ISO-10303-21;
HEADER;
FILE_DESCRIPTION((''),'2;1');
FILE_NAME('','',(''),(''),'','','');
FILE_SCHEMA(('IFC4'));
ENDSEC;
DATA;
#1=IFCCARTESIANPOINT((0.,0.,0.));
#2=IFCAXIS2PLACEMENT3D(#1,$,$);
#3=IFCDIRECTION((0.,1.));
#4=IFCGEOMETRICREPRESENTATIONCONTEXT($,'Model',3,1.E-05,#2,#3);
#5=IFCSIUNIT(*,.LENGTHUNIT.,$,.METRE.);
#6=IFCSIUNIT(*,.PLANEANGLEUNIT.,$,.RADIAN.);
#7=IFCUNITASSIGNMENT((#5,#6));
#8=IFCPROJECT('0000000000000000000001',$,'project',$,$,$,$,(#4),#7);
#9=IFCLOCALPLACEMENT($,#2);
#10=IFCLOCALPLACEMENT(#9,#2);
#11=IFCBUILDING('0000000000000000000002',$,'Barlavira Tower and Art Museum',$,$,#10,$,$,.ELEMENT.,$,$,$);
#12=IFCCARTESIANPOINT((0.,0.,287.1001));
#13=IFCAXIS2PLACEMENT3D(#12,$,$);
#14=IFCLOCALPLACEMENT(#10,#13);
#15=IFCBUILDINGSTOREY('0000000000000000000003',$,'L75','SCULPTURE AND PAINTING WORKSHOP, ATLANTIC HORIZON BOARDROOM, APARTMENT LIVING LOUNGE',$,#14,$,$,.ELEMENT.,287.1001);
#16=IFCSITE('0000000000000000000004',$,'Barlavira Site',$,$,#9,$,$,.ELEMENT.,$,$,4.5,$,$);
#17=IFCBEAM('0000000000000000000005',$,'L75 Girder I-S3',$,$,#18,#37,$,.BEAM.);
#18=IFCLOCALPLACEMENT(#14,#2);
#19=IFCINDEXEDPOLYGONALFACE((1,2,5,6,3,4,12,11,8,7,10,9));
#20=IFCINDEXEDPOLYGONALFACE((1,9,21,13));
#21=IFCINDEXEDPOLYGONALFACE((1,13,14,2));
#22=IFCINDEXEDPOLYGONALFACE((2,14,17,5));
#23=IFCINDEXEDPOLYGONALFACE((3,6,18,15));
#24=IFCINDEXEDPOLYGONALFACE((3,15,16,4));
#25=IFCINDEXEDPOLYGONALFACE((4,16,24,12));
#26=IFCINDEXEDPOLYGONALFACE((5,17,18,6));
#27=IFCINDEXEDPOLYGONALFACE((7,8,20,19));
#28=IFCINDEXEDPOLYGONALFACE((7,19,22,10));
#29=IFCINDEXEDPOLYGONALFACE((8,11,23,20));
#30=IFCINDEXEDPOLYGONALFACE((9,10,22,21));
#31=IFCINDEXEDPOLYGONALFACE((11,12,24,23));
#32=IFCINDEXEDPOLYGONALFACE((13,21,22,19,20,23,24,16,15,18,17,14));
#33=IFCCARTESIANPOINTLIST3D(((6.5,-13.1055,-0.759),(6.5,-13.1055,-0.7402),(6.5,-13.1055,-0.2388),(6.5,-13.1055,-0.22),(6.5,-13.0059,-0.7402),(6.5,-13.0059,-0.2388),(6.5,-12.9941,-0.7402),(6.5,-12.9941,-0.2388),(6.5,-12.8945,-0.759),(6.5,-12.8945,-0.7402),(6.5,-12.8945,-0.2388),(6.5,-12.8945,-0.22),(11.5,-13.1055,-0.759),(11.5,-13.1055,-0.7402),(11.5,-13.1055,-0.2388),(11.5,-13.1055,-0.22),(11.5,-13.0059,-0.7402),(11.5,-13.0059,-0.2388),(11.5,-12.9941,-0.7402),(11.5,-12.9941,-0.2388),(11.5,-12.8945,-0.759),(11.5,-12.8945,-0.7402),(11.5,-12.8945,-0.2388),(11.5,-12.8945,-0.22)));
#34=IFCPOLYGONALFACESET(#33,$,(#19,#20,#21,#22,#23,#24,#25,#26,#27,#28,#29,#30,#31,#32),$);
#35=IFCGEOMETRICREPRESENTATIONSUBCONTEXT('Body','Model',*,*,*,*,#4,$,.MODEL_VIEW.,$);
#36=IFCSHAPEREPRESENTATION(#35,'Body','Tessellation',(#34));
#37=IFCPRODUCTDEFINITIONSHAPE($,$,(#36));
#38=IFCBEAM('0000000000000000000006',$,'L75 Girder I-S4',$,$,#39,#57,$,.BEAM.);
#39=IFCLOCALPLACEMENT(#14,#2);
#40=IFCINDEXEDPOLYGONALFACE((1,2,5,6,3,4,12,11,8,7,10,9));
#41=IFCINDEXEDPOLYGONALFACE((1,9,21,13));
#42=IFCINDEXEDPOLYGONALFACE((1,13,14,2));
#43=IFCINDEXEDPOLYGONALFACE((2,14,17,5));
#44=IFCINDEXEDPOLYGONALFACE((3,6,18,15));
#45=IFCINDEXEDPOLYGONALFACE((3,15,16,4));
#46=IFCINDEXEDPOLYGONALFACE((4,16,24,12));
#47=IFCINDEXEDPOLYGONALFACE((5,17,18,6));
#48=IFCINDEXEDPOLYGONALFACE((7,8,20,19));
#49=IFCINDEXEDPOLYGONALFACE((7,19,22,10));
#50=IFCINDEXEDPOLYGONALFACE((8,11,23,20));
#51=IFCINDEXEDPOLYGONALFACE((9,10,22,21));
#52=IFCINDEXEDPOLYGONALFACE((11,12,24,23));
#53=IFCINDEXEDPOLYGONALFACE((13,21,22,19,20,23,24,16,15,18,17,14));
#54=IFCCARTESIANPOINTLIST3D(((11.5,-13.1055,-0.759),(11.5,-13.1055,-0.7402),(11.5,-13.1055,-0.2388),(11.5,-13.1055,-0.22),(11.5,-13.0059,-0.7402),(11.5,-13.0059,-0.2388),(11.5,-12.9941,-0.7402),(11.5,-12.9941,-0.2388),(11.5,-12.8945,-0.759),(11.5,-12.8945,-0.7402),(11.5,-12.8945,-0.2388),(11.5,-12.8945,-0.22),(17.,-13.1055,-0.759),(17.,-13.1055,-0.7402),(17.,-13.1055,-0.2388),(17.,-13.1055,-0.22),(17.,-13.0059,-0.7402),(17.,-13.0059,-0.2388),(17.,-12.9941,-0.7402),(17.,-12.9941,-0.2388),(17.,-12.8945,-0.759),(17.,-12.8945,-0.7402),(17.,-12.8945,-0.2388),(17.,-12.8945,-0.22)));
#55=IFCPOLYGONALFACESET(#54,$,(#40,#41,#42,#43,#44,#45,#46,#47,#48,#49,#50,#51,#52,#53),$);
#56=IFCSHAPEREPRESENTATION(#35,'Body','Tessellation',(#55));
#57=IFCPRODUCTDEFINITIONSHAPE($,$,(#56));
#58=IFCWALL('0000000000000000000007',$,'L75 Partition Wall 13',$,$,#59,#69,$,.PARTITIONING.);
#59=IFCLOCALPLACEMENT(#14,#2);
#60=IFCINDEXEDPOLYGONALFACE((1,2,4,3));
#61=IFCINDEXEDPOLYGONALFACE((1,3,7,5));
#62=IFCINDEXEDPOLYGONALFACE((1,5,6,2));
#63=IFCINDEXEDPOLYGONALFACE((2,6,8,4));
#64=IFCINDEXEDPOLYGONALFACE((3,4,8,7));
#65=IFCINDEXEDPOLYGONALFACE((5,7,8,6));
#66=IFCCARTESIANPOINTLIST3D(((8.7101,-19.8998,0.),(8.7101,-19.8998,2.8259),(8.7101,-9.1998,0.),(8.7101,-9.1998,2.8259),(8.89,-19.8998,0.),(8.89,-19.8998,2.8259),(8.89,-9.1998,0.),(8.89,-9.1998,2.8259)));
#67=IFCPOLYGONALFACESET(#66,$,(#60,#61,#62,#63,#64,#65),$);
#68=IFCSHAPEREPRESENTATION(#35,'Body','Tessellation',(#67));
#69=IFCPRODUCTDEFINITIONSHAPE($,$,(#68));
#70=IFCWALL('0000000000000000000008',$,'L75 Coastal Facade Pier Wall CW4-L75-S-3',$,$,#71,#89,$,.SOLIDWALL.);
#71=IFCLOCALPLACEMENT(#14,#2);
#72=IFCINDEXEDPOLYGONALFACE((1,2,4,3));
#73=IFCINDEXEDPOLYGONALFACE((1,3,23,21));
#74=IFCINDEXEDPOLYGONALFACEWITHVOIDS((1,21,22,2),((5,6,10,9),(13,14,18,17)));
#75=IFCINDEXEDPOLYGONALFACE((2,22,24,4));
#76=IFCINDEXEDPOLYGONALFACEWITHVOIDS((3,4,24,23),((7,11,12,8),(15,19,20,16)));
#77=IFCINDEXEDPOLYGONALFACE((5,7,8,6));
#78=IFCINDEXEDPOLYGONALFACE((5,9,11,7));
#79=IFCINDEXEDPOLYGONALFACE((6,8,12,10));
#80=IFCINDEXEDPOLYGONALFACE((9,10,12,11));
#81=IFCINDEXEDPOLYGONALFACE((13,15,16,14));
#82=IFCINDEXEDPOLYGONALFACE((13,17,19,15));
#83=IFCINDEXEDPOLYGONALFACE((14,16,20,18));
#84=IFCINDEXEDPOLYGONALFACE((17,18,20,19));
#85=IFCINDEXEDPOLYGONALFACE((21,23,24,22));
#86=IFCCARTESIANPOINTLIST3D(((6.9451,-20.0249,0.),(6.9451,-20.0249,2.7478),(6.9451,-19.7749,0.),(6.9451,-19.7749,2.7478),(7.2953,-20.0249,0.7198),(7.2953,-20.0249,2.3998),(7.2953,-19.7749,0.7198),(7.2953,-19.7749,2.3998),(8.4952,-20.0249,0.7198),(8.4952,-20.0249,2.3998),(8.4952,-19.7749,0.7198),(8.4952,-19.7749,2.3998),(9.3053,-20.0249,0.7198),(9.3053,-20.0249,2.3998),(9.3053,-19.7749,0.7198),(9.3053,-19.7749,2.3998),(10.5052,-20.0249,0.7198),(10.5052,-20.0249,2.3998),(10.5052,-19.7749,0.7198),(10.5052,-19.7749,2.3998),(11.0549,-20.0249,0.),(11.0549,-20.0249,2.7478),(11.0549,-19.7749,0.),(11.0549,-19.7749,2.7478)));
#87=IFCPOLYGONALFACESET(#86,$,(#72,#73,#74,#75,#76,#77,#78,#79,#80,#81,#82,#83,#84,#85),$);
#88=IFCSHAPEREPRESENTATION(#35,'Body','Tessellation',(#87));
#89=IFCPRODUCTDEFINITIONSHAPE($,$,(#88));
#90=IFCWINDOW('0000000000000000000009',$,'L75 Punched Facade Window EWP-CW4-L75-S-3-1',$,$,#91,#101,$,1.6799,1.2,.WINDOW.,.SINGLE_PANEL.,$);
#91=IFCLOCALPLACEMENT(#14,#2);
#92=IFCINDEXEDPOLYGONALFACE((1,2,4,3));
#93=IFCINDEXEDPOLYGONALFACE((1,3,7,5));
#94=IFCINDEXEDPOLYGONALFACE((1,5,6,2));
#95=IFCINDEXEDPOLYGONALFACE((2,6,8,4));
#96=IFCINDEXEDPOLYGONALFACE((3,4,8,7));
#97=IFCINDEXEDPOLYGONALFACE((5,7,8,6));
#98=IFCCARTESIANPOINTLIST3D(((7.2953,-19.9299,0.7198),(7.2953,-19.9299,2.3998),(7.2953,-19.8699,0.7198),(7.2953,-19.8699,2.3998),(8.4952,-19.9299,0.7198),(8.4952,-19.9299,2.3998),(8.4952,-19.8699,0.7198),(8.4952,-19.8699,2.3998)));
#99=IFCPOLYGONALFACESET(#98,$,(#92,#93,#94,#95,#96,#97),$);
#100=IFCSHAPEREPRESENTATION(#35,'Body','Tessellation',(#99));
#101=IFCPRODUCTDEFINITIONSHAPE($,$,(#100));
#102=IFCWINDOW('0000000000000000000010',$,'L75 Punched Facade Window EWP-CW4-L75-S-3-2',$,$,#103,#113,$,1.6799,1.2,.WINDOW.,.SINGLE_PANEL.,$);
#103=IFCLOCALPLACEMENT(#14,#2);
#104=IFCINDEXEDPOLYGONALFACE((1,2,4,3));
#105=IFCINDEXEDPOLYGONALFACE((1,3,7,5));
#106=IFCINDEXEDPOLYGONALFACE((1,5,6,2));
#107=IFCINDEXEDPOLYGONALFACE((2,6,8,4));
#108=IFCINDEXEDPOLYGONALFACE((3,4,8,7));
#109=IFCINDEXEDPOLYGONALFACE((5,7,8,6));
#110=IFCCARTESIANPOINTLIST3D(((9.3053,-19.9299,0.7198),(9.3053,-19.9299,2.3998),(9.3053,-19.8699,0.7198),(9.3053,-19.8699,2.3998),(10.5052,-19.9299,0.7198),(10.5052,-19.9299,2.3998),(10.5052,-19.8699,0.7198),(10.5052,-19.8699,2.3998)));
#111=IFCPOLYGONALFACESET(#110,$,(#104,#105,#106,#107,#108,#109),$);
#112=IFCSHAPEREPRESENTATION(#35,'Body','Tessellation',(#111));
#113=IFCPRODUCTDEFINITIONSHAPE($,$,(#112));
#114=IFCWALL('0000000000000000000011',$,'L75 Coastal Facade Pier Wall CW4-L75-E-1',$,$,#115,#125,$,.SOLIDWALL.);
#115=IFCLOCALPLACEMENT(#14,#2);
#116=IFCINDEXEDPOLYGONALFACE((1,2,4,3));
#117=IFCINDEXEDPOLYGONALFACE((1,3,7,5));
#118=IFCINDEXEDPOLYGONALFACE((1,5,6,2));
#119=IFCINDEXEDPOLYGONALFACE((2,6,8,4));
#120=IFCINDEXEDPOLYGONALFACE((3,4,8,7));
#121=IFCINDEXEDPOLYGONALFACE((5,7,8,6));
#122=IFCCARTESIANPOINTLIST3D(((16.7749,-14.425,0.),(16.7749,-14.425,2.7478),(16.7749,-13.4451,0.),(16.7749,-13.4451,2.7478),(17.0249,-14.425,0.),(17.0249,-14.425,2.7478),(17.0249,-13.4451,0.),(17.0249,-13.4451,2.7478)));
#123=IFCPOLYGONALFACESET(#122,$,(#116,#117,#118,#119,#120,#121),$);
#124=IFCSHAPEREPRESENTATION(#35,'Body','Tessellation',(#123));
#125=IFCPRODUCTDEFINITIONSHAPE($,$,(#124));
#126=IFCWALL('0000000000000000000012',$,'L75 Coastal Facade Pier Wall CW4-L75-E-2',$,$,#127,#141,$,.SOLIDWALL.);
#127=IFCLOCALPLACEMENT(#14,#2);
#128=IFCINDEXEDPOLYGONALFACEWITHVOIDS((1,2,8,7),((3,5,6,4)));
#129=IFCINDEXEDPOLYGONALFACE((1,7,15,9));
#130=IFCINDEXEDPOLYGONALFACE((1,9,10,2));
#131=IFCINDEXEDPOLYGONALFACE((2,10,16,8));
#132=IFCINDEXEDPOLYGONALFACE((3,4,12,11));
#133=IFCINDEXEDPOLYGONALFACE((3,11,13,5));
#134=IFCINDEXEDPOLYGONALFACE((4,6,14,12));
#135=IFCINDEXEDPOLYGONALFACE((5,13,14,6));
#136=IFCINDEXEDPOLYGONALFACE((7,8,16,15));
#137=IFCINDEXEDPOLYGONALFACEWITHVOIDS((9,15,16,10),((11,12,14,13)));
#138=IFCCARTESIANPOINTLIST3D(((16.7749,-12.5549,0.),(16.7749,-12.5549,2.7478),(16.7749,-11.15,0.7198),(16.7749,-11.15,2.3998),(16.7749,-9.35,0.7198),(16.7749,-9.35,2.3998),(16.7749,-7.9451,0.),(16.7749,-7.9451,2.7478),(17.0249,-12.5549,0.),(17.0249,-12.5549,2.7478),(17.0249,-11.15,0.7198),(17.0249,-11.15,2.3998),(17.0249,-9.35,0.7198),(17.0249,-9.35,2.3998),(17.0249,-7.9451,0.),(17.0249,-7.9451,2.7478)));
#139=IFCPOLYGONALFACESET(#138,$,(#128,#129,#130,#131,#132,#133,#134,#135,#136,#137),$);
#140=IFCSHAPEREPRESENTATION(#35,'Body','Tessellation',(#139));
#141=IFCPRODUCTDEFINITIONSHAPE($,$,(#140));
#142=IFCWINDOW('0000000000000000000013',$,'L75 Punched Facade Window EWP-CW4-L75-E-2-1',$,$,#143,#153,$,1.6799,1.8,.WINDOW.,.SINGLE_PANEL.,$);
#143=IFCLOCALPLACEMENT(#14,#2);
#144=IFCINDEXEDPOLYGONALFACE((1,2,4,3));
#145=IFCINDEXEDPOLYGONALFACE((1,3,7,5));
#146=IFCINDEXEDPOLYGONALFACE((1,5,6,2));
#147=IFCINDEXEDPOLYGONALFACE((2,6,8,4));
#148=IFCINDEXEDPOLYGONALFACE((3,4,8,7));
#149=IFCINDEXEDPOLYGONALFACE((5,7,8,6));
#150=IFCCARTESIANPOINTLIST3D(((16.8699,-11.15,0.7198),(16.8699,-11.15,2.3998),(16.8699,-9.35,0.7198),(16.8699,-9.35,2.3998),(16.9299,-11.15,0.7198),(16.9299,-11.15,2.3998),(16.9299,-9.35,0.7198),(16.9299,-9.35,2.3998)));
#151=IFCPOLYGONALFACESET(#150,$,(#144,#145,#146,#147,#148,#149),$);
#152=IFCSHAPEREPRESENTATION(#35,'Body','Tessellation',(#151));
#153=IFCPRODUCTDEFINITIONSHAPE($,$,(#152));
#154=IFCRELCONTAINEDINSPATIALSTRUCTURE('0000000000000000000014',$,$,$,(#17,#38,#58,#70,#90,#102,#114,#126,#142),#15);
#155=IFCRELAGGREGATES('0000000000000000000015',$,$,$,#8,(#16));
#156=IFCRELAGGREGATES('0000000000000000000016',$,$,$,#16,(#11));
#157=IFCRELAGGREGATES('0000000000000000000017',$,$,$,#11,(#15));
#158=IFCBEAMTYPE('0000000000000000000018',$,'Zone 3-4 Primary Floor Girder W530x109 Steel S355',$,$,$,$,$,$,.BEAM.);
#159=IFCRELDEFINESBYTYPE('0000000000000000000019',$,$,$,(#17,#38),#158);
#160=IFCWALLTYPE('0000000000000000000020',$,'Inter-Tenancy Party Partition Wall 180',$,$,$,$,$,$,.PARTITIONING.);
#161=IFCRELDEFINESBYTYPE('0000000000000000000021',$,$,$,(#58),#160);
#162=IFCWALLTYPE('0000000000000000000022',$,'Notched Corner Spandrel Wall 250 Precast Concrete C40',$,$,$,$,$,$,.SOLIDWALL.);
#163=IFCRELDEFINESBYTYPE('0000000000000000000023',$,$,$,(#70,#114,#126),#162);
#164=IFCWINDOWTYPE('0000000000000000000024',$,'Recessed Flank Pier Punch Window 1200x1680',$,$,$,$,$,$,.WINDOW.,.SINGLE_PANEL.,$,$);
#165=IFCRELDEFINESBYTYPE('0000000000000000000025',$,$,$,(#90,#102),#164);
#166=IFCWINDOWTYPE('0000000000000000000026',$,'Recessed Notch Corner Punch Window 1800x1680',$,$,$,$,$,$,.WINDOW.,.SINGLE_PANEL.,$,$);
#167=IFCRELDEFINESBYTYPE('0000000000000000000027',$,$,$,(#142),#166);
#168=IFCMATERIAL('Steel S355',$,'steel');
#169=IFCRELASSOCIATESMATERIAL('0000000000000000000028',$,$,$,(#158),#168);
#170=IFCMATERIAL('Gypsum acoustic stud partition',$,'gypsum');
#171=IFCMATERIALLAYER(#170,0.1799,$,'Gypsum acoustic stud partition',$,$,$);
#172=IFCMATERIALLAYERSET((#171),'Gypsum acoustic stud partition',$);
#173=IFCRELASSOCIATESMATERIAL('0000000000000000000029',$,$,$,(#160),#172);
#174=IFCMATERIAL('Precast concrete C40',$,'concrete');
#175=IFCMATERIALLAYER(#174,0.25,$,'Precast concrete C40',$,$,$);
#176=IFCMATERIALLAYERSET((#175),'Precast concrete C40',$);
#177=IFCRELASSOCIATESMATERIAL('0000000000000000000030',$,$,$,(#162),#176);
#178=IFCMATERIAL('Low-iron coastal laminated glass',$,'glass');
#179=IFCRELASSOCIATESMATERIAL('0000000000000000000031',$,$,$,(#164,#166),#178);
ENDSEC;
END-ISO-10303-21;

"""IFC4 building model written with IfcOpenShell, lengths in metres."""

from ifc_helpers import new_model, si_unit, direction, frame, frame_2d, origin, origin_2d, place, context, subcontext, project, spatial, rectangle, i_section, extrude, material, layer, layer_set, material_profile, profile_set, type_object, element, fill, save


model = new_model("IFC4")

# Units and contexts
model_context = context("Model", 3, precision=1e-05, world=origin(), true_north=direction((0.0, 1.0)))
body_context = subcontext(model_context, "Body", "Model", "MODEL_VIEW")
ifc_project = project(units=[si_unit("LENGTHUNIT", "METRE"), si_unit("PLANEANGLEUNIT", "RADIAN")], contexts=[model_context])

# Site, building, storey
site_placement = place(None, origin())
site = spatial("IfcSite", under=ifc_project, at=site_placement, Name="Barlavira Site", CompositionType="ELEMENT", RefElevation=4.5)
building_placement = place(site_placement, origin())
building = spatial("IfcBuilding", under=site, at=building_placement, Name="Barlavira Tower and Art Museum", CompositionType="ELEMENT")
storey_placement = place(building_placement, frame((0.0, 0.0, 287.1001)))
storey = spatial("IfcBuildingStorey", under=building, at=storey_placement, Name="L75", Description="SCULPTURE AND PAINTING WORKSHOP, ATLANTIC HORIZON BOARDROOM, APARTMENT LIVING LOUNGE", CompositionType="ELEMENT", Elevation=287.1001)

# Shared definitions
ifc_material_1 = material(Name="Steel S355", Category="steel")

# Beams
ifc_material_profile_1 = material_profile(ifc_material_1, i_section(OverallWidth=0.2109, OverallDepth=0.5391, WebThickness=0.0117, FlangeThickness=0.0188, at=origin_2d()), Name="W530x109.0")
ifc_profile_set_1 = profile_set([ifc_material_profile_1], Name="Steel S355")
beam_type_1 = type_object("IfcBeamType", Name="Zone 3-4 Primary Floor Girder W530x109 Steel S355", PredefinedType="BEAM", material=ifc_profile_set_1)
beam_1_placement = place(storey_placement, frame((6.5, -13.0, -0.4895), z_axis=(1.0, 0.0, 0.0), x_axis=(0.0, 1.0, 0.0)))
element("IfcBeam", 1, at=beam_1_placement, inside=storey, type_object=beam_type_1, Name="L75 Girder I-S3", PredefinedType="BEAM", context=body_context, shape_type="SweptSolid", body=[
    extrude(i_section(OverallWidth=0.2109, OverallDepth=0.5391, WebThickness=0.0117, FlangeThickness=0.0188, at=origin_2d()), origin(), (0.0, 0.0, 1.0), 5.0),
])
beam_2_placement = place(storey_placement, frame((11.5, -13.0, -0.4895), z_axis=(1.0, 0.0, 0.0), x_axis=(0.0, 1.0, 0.0)))
element("IfcBeam", 2, at=beam_2_placement, inside=storey, type_object=beam_type_1, Name="L75 Girder I-S4", PredefinedType="BEAM", context=body_context, shape_type="SweptSolid", body=[
    extrude(i_section(OverallWidth=0.2109, OverallDepth=0.5391, WebThickness=0.0117, FlangeThickness=0.0188, at=origin_2d()), origin(), (0.0, 0.0, 1.0), 5.5),
])

# Wall
ifc_material_2 = material(Name="Gypsum acoustic stud partition", Category="gypsum")
ifc_layer_1 = layer(ifc_material_2, 0.1799, Name="Gypsum acoustic stud partition")
ifc_layer_set_1 = layer_set([ifc_layer_1], Name="Gypsum acoustic stud partition")
wall_type_1 = type_object("IfcWallType", Name="Inter-Tenancy Party Partition Wall 180", PredefinedType="PARTITIONING", material=ifc_layer_set_1)
wall_1_placement = place(storey_placement, frame((8.8, -19.8999, 0.0), z_axis=(0.0, 0.0, 1.0), x_axis=(0.0, 1.0, 0.0)))
element("IfcWall", 3, at=wall_1_placement, inside=storey, type_object=wall_type_1, Name="L75 Partition Wall 13", PredefinedType="PARTITIONING", context=body_context, shape_type="SweptSolid", body=[
    extrude(rectangle(XDim=10.7, YDim=0.1799, at=frame_2d((5.3501, 0.0))), origin(), (0.0, 0.0, 1.0), 2.8259),
])

# Wall, openings, windows
ifc_material_3 = material(Name="Precast concrete C40", Category="concrete")
ifc_layer_2 = layer(ifc_material_3, 0.25, Name="Precast concrete C40")
ifc_layer_set_2 = layer_set([ifc_layer_2], Name="Precast concrete C40")
wall_type_2 = type_object("IfcWallType", Name="Notched Corner Spandrel Wall 250 Precast Concrete C40", PredefinedType="SOLIDWALL", material=ifc_layer_set_2)
wall_2_placement = place(storey_placement, frame((6.9451, -19.8999, 0.0), z_axis=(0.0, 0.0, 1.0), x_axis=(1.0, 0.0, 0.0)))
wall_2 = element("IfcWall", 4, at=wall_2_placement, inside=storey, type_object=wall_type_2, Name="L75 Coastal Facade Pier Wall CW4-L75-S-3", PredefinedType="SOLIDWALL", context=body_context, shape_type="SweptSolid", body=[
    extrude(rectangle(XDim=4.1099, YDim=0.25, at=frame_2d((2.0549, 0.0))), origin(), (0.0, 0.0, 1.0), 2.7478),
])
opening_1_placement = place(wall_2_placement, frame((0.3501, 0.0, 0.72)))
opening_1 = element("IfcOpeningElement", 5, at=opening_1_placement, cuts=wall_2, PredefinedType="OPENING", context=body_context, shape_type="SweptSolid", body=[
    extrude(rectangle(XDim=1.2, YDim=1.6799, at=frame_2d((0.6001, 0.8398))), frame((0.0, 0.135, 0.0), z_axis=(0.0, -1.0, 0.0), x_axis=(1.0, 0.0, 0.0)), (0.0, 0.0, 1.0), 0.27),
])
opening_2_placement = place(wall_2_placement, frame((2.3601, 0.0, 0.72)))
opening_2 = element("IfcOpeningElement", 6, at=opening_2_placement, cuts=wall_2, PredefinedType="OPENING", context=body_context, shape_type="SweptSolid", body=[
    extrude(rectangle(XDim=1.2, YDim=1.6799, at=frame_2d((0.6001, 0.8398))), frame((0.0, 0.135, 0.0), z_axis=(0.0, -1.0, 0.0), x_axis=(1.0, 0.0, 0.0)), (0.0, 0.0, 1.0), 0.27),
])
ifc_material_4 = material(Name="Low-iron coastal laminated glass", Category="glass")
window_type_1 = type_object("IfcWindowType", Name="Recessed Flank Pier Punch Window 1200x1680", PartitioningType="SINGLE_PANEL", PredefinedType="WINDOW", material=ifc_material_4)
window_1_placement = place(opening_1_placement, origin())
window_1 = element("IfcWindow", 7, at=window_1_placement, inside=storey, type_object=window_type_1, Name="L75 Punched Facade Window EWP-CW4-L75-S-3-1", OverallHeight=1.6799, OverallWidth=1.2, PartitioningType="SINGLE_PANEL", PredefinedType="WINDOW", context=body_context, shape_type="SweptSolid", body=[
    extrude(rectangle(XDim=1.2, YDim=1.6799, at=frame_2d((0.6001, 0.8398))), frame((0.0, 0.03, 0.0), z_axis=(0.0, -1.0, 0.0), x_axis=(1.0, 0.0, 0.0)), (0.0, 0.0, 1.0), 0.0601),
])
fill(opening_1, window_1)
window_2_placement = place(opening_2_placement, origin())
window_2 = element("IfcWindow", 8, at=window_2_placement, inside=storey, type_object=window_type_1, Name="L75 Punched Facade Window EWP-CW4-L75-S-3-2", OverallHeight=1.6799, OverallWidth=1.2, PartitioningType="SINGLE_PANEL", PredefinedType="WINDOW", context=body_context, shape_type="SweptSolid", body=[
    extrude(rectangle(XDim=1.2, YDim=1.6799, at=frame_2d((0.6001, 0.8398))), frame((0.0, 0.03, 0.0), z_axis=(0.0, -1.0, 0.0), x_axis=(1.0, 0.0, 0.0)), (0.0, 0.0, 1.0), 0.0601),
])
fill(opening_2, window_2)

# Wall
wall_3_placement = place(storey_placement, frame((16.8999, -14.425, 0.0), z_axis=(0.0, 0.0, 1.0), x_axis=(0.0, 1.0, 0.0)))
element("IfcWall", 9, at=wall_3_placement, inside=storey, type_object=wall_type_2, Name="L75 Coastal Facade Pier Wall CW4-L75-E-1", PredefinedType="SOLIDWALL", context=body_context, shape_type="SweptSolid", body=[
    extrude(rectangle(XDim=0.98, YDim=0.25, at=frame_2d((0.49, 0.0))), origin(), (0.0, 0.0, 1.0), 2.7478),
])

# Wall, opening, window
wall_4_placement = place(storey_placement, frame((16.8999, -12.5549, 0.0), z_axis=(0.0, 0.0, 1.0), x_axis=(0.0, 1.0, 0.0)))
wall_4 = element("IfcWall", 10, at=wall_4_placement, inside=storey, type_object=wall_type_2, Name="L75 Coastal Facade Pier Wall CW4-L75-E-2", PredefinedType="SOLIDWALL", context=body_context, shape_type="SweptSolid", body=[
    extrude(rectangle(XDim=4.6099, YDim=0.25, at=frame_2d((2.3049, 0.0))), origin(), (0.0, 0.0, 1.0), 2.7478),
])
opening_3_placement = place(wall_4_placement, frame((1.405, 0.0, 0.72)))
opening_3 = element("IfcOpeningElement", 11, at=opening_3_placement, cuts=wall_4, PredefinedType="OPENING", context=body_context, shape_type="SweptSolid", body=[
    extrude(rectangle(XDim=1.8, YDim=1.6799, at=frame_2d((0.8999, 0.8398))), frame((0.0, 0.135, 0.0), z_axis=(0.0, -1.0, 0.0), x_axis=(1.0, 0.0, 0.0)), (0.0, 0.0, 1.0), 0.27),
])
window_type_2 = type_object("IfcWindowType", Name="Recessed Notch Corner Punch Window 1800x1680", PartitioningType="SINGLE_PANEL", PredefinedType="WINDOW", material=ifc_material_4)
window_3_placement = place(opening_3_placement, origin())
window_3 = element("IfcWindow", 12, at=window_3_placement, inside=storey, type_object=window_type_2, Name="L75 Punched Facade Window EWP-CW4-L75-E-2-1", OverallHeight=1.6799, OverallWidth=1.8, PartitioningType="SINGLE_PANEL", PredefinedType="WINDOW", context=body_context, shape_type="SweptSolid", body=[
    extrude(rectangle(XDim=1.8, YDim=1.6799, at=frame_2d((0.8999, 0.8398))), frame((0.0, 0.03, 0.0), z_axis=(0.0, -1.0, 0.0), x_axis=(1.0, 0.0, 0.0)), (0.0, 0.0, 1.0), 0.0601),
])
fill(opening_3, window_3)

save(model, "model.ifc")
